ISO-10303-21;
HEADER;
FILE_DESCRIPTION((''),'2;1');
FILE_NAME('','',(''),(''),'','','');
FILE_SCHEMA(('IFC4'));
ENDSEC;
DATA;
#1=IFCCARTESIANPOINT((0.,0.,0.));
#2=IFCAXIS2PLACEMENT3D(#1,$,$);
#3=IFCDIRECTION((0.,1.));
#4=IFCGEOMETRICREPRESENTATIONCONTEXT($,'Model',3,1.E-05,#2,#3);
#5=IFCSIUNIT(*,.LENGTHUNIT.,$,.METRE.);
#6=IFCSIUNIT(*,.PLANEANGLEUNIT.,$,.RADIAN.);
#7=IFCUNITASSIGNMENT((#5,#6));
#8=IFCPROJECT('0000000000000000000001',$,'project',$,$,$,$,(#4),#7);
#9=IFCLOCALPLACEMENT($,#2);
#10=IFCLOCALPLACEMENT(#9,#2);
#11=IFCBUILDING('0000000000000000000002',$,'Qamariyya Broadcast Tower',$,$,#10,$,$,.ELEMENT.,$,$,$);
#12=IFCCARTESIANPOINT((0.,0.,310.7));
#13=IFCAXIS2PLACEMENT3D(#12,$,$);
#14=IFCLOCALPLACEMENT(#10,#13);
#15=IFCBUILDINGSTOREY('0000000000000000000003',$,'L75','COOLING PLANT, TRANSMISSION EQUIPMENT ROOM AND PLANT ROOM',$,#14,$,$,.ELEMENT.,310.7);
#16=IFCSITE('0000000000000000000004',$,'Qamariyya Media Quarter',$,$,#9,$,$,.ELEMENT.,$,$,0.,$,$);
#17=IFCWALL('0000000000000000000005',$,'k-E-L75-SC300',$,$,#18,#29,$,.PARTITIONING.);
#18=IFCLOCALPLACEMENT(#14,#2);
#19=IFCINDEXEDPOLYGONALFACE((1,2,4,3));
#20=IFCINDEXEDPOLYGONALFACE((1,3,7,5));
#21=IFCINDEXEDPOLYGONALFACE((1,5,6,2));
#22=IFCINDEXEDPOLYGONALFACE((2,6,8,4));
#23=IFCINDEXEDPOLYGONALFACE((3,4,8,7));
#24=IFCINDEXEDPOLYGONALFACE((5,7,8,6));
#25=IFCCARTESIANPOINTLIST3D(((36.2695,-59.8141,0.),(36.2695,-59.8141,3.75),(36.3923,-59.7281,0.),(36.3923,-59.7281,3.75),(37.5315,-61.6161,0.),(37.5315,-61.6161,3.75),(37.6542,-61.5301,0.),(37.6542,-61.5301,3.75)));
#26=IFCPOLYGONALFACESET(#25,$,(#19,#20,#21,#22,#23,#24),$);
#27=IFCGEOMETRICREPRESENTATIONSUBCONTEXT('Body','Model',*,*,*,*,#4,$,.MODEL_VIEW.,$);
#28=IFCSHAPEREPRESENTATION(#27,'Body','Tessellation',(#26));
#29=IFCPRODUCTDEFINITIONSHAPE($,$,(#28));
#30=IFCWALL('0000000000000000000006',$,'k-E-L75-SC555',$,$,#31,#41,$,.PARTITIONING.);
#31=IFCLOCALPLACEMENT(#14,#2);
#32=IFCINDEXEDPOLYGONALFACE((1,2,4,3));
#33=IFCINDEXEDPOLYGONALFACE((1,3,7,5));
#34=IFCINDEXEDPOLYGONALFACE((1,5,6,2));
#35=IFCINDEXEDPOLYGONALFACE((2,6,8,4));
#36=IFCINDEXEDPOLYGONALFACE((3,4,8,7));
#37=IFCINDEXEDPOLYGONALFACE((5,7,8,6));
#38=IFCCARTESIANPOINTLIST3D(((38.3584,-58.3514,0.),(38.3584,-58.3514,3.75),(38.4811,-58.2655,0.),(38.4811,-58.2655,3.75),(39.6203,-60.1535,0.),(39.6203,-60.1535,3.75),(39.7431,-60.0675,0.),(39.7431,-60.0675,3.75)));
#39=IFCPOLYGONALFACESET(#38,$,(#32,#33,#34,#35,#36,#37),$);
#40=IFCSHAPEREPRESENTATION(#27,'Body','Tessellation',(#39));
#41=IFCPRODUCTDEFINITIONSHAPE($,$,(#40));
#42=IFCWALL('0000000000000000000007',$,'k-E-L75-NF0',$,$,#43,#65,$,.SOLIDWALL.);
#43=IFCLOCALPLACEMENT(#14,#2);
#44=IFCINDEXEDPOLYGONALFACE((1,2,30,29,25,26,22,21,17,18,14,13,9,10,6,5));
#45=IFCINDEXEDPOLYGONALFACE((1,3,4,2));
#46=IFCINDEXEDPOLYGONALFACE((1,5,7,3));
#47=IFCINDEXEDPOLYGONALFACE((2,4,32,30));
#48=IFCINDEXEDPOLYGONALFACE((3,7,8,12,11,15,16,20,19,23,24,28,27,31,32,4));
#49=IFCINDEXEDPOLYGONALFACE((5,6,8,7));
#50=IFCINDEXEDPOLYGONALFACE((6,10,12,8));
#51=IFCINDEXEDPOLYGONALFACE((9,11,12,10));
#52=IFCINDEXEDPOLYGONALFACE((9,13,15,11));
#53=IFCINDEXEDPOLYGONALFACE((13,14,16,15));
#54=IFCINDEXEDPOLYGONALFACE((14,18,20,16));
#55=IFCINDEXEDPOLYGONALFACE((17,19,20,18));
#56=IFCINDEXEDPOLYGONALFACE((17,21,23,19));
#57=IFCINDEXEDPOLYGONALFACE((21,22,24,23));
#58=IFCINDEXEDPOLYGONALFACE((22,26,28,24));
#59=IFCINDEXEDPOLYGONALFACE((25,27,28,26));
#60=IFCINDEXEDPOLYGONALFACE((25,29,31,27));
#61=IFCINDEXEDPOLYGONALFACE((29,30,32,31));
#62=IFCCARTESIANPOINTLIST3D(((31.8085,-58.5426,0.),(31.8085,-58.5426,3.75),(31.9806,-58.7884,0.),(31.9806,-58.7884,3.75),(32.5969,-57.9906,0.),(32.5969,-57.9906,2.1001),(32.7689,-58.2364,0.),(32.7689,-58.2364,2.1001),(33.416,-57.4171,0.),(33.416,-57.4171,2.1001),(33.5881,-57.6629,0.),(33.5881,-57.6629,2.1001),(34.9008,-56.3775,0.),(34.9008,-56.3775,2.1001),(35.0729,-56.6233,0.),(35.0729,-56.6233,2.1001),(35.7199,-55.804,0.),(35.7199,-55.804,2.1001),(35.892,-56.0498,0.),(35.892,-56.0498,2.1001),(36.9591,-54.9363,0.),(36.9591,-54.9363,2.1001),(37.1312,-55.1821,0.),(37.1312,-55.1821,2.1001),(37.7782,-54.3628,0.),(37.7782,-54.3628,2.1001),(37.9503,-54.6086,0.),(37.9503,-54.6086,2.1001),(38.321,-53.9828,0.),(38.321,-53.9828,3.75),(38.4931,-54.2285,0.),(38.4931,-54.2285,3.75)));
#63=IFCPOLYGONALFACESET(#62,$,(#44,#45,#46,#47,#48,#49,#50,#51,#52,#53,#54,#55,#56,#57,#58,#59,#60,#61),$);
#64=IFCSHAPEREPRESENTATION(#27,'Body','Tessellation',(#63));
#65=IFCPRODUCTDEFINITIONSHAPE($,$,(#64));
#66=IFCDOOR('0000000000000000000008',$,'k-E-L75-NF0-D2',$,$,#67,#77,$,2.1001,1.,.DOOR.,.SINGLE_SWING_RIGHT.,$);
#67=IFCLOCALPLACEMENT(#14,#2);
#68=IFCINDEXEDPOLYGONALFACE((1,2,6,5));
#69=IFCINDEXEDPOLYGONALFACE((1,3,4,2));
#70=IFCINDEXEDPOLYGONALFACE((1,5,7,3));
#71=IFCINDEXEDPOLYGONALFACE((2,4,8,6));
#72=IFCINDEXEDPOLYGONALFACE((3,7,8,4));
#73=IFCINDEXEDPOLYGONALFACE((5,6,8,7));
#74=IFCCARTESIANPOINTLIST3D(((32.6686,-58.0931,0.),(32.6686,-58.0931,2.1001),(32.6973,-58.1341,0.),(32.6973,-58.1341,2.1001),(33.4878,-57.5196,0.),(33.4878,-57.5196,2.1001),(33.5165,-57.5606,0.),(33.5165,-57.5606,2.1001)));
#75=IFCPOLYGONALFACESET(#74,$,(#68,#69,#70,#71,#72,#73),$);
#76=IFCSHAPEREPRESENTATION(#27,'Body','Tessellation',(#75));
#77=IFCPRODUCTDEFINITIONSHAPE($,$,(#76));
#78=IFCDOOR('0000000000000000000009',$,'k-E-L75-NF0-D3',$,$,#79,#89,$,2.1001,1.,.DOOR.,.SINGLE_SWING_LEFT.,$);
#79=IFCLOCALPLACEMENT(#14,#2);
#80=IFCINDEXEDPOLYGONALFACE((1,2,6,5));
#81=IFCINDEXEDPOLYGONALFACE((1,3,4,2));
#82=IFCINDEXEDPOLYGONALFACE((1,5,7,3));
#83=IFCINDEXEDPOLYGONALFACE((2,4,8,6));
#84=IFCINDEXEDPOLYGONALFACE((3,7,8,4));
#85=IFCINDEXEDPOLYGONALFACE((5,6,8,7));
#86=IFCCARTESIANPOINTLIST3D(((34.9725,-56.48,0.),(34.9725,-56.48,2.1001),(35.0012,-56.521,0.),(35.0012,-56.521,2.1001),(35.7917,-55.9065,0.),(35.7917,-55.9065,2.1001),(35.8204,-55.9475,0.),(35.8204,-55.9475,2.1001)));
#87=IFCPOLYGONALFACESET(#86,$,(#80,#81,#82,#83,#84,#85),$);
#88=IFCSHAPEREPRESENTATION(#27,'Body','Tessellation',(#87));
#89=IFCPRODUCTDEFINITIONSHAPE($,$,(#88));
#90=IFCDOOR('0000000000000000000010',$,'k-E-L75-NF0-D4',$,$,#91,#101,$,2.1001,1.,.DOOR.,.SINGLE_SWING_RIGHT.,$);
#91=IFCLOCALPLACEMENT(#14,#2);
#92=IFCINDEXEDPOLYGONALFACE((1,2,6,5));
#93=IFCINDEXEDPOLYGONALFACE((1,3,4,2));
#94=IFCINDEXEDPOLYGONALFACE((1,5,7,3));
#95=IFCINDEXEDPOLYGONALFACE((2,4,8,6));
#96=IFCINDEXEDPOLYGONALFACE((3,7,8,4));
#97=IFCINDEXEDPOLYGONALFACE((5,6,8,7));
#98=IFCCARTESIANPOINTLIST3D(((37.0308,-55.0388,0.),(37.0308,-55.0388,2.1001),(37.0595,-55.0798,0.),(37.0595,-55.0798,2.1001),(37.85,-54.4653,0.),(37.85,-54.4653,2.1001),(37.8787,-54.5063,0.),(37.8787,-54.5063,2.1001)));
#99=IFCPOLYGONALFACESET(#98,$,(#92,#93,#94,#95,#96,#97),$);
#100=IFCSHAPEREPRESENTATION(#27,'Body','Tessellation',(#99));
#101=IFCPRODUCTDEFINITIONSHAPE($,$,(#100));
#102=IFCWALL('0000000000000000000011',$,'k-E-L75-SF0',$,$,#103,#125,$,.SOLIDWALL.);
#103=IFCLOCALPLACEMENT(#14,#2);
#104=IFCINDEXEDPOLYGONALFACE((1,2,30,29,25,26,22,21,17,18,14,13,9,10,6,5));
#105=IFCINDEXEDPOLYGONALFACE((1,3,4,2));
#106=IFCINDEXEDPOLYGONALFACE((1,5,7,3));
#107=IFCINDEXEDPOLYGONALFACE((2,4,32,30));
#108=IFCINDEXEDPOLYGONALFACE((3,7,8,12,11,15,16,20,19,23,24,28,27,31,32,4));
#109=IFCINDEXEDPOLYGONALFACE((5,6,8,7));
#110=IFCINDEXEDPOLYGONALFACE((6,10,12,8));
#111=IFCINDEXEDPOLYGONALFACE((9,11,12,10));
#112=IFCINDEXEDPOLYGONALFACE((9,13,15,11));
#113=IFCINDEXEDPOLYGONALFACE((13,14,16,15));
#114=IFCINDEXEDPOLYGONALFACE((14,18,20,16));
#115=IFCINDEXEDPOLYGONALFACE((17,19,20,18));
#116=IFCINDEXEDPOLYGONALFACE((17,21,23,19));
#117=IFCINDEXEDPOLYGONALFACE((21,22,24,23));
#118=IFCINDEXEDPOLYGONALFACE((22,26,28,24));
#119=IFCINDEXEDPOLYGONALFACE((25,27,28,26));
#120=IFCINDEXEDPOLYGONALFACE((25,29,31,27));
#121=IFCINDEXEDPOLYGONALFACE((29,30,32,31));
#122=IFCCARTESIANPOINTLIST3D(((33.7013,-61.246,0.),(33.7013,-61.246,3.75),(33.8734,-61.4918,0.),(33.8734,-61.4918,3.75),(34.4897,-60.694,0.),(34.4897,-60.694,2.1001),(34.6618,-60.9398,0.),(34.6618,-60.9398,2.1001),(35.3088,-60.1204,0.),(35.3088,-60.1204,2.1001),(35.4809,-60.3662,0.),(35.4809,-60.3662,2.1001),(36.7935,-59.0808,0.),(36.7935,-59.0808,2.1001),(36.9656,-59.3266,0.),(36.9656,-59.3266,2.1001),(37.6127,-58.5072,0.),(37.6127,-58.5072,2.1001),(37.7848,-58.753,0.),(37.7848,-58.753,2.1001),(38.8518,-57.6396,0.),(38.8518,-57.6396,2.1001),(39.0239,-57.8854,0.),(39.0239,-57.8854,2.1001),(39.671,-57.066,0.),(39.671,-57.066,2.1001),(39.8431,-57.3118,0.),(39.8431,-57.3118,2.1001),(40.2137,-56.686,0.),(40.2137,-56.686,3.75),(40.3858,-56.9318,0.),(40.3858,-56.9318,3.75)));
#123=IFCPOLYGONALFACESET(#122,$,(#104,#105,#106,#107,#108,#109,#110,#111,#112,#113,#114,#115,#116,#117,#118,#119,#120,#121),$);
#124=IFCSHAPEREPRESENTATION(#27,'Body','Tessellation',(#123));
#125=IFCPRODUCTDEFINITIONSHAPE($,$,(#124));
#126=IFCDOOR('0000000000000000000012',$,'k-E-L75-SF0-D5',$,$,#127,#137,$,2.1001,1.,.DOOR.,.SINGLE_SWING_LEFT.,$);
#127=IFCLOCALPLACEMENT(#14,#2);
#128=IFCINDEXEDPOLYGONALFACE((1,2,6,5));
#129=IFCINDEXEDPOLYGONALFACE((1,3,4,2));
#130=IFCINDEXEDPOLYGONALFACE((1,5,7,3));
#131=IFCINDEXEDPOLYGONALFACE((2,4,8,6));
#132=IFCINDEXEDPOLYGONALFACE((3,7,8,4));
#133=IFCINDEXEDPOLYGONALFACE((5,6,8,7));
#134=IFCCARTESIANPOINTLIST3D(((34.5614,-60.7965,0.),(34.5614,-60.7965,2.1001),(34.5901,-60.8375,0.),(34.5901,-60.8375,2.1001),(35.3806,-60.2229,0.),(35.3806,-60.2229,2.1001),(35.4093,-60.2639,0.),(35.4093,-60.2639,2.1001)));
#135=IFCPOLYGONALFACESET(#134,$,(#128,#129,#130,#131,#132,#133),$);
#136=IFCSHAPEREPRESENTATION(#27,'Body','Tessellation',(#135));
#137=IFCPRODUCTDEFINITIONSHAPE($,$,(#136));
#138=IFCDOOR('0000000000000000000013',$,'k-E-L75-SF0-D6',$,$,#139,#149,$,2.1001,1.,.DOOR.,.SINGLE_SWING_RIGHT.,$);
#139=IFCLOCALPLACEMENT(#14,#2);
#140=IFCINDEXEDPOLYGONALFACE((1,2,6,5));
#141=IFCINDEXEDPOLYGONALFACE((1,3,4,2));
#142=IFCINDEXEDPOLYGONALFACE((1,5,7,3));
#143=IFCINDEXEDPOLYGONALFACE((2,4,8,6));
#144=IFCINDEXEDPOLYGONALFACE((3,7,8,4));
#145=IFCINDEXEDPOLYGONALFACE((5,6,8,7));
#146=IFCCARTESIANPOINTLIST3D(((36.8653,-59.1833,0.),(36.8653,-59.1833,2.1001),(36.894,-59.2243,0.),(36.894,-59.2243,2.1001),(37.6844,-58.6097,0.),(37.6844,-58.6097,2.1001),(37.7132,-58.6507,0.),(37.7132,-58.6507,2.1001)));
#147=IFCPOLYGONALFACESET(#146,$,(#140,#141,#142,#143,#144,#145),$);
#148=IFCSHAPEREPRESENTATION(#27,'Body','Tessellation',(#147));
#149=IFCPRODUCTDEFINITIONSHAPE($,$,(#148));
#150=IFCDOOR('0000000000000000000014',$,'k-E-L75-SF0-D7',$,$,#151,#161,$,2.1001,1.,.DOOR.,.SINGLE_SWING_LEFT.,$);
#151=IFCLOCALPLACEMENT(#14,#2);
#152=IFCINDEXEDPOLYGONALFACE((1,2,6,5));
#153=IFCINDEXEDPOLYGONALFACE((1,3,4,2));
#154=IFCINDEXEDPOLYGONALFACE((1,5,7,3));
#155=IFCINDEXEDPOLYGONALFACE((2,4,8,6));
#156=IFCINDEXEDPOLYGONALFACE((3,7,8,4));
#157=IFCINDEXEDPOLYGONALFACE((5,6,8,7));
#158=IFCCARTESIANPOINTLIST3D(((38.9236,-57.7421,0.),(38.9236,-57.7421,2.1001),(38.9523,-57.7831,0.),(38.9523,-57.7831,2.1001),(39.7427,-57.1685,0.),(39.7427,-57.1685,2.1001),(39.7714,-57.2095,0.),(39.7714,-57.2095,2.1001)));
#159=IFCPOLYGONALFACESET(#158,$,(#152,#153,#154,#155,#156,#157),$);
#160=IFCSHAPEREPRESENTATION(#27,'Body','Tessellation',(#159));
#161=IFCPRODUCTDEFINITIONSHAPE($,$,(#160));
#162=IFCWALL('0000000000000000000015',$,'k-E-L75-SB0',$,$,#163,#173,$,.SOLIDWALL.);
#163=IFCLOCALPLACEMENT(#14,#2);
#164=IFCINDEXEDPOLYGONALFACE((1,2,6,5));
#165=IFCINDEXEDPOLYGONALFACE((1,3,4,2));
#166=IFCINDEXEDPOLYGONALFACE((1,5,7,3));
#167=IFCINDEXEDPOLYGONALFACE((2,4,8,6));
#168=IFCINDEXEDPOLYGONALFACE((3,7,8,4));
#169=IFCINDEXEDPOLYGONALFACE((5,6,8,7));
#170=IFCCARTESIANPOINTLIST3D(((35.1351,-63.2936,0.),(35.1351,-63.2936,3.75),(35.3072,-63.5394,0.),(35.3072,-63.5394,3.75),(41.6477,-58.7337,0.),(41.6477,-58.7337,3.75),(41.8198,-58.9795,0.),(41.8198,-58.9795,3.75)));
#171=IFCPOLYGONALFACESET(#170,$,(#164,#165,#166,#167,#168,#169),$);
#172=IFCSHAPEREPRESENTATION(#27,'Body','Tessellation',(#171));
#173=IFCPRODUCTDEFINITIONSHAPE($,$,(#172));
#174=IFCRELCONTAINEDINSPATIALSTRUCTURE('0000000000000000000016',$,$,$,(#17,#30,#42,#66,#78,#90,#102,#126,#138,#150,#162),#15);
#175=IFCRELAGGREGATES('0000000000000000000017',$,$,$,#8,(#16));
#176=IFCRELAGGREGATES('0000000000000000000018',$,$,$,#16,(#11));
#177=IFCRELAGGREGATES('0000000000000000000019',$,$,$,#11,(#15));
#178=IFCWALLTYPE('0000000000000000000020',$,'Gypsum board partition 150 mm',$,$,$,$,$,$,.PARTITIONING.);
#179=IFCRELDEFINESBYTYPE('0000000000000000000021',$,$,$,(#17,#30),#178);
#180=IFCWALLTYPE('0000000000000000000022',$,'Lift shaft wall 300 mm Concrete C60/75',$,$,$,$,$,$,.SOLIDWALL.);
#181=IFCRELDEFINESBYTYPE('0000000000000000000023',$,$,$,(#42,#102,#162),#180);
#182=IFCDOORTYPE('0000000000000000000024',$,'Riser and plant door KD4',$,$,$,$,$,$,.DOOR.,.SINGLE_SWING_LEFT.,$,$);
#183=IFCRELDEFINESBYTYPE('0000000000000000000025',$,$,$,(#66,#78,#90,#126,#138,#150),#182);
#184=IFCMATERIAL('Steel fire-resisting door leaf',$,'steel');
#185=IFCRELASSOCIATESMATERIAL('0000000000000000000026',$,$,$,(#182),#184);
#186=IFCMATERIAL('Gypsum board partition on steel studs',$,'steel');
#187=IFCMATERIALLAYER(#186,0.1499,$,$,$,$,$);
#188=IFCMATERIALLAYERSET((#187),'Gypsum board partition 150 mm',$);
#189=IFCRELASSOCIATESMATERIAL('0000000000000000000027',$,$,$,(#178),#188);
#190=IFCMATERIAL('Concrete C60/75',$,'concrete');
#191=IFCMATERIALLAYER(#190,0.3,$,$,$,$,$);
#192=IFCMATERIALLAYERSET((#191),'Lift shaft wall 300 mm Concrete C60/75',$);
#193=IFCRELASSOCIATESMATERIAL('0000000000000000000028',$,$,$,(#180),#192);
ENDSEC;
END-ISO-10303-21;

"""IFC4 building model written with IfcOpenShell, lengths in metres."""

from ifc_helpers import new_model, si_unit, direction, frame, frame_2d, origin, place, context, subcontext, project, spatial, rectangle, extrude, material, layer, layer_set, type_object, element, fill, save


model = new_model("IFC4")

# Units and contexts
model_context = context("Model", 3, precision=1e-05, world=origin(), true_north=direction((0.0, 1.0)))
body_context = subcontext(model_context, "Body", "Model", "MODEL_VIEW")
ifc_project = project(units=[si_unit("LENGTHUNIT", "METRE"), si_unit("PLANEANGLEUNIT", "RADIAN")], contexts=[model_context])

# Site, building, storey
site_placement = place(None, origin())
site = spatial("IfcSite", under=ifc_project, at=site_placement, Name="Qamariyya Media Quarter", CompositionType="ELEMENT", RefElevation=0.0)
building_placement = place(site_placement, origin())
building = spatial("IfcBuilding", under=site, at=building_placement, Name="Qamariyya Broadcast Tower", CompositionType="ELEMENT")
storey_placement = place(building_placement, frame((0.0, 0.0, 310.7)))
storey = spatial("IfcBuildingStorey", under=building, at=storey_placement, Name="L75", Description="COOLING PLANT, TRANSMISSION EQUIPMENT ROOM AND PLANT ROOM", CompositionType="ELEMENT", Elevation=310.7)

# Shared definitions
ifc_material_1 = material(Name="Concrete C60/75", Category="concrete")
ifc_material_2 = material(Name="Steel fire-resisting door leaf", Category="steel")

# Shared definitions
door_type_1 = type_object("IfcDoorType", Name="Riser and plant door KD4", OperationType="SINGLE_SWING_LEFT", PredefinedType="DOOR", material=ifc_material_2)

# Walls
ifc_material_3 = material(Name="Gypsum board partition on steel studs", Category="steel")
ifc_layer_1 = layer(ifc_material_3, 0.1499)
ifc_layer_set_1 = layer_set([ifc_layer_1], Name="Gypsum board partition 150 mm")
wall_type_1 = type_object("IfcWallType", Name="Gypsum board partition 150 mm", PredefinedType="PARTITIONING", material=ifc_layer_set_1)
for number, where, z_axis, x_axis, name in (
    (1, (36.3308, -59.771, 0.0), (0.0, 0.0, 1.0), (0.573634, -0.819112, 0.0), "k-E-L75-SC300"),
    (2, (38.4197, -58.3083, 0.0), (0.0, 0.0, 1.0), (0.573634, -0.819112, 0.0), "k-E-L75-SC555"),
):
    element("IfcWall", number, at=place(storey_placement, frame(where, z_axis=z_axis, x_axis=x_axis)), inside=storey, type_object=wall_type_1, Name=name, PredefinedType="PARTITIONING", context=body_context, shape_type="SweptSolid", body=[
        extrude(rectangle(XDim=2.2, YDim=0.1499, at=frame_2d((1.1001, 0.0))), origin(), (0.0, 0.0, 1.0), 3.75),
    ])

# Walls, openings, doors
ifc_layer_2 = layer(ifc_material_1, 0.3)
ifc_layer_set_2 = layer_set([ifc_layer_2], Name="Lift shaft wall 300 mm Concrete C60/75")
wall_type_2 = type_object("IfcWallType", Name="Lift shaft wall 300 mm Concrete C60/75", PredefinedType="SOLIDWALL", material=ifc_layer_set_2)
wall_1_placement = place(storey_placement, frame((31.8945, -58.6655, 0.0), z_axis=(0.0, 0.0, 1.0), x_axis=(0.819167, 0.573555, 0.0)))
wall_1 = element("IfcWall", 3, at=wall_1_placement, inside=storey, type_object=wall_type_2, Name="k-E-L75-NF0", PredefinedType="SOLIDWALL", context=body_context, shape_type="SweptSolid", body=[
    extrude(rectangle(XDim=7.9502, YDim=0.3, at=frame_2d((3.9751, 0.0))), origin(), (0.0, 0.0, 1.0), 3.75),
])
opening_1_placement = place(wall_1_placement, frame((0.9624, 0.0, 0.0)))
opening_1 = element("IfcOpeningElement", 4, at=opening_1_placement, cuts=wall_1, PredefinedType="OPENING", context=body_context, shape_type="SweptSolid", body=[
    extrude(rectangle(XDim=1.0, YDim=2.1001, at=frame_2d((0.5, 1.05))), frame((0.0, 0.1599, 0.0), z_axis=(0.0, -1.0, 0.0), x_axis=(1.0, 0.0, 0.0)), (0.0, 0.0, 1.0), 0.3201),
])
opening_2_placement = place(wall_1_placement, frame((3.7749, 0.0, 0.0)))
opening_2 = element("IfcOpeningElement", 5, at=opening_2_placement, cuts=wall_1, PredefinedType="OPENING", context=body_context, shape_type="SweptSolid", body=[
    extrude(rectangle(XDim=1.0, YDim=2.1001, at=frame_2d((0.5, 1.05))), frame((0.0, 0.1599, 0.0), z_axis=(0.0, -1.0, 0.0), x_axis=(1.0, 0.0, 0.0)), (0.0, 0.0, 1.0), 0.3201),
])
opening_3_placement = place(wall_1_placement, frame((6.2876, 0.0, 0.0)))
opening_3 = element("IfcOpeningElement", 6, at=opening_3_placement, cuts=wall_1, PredefinedType="OPENING", context=body_context, shape_type="SweptSolid", body=[
    extrude(rectangle(XDim=1.0, YDim=2.1001, at=frame_2d((0.5, 1.05))), frame((0.0, 0.1599, 0.0), z_axis=(0.0, -1.0, 0.0), x_axis=(1.0, 0.0, 0.0)), (0.0, 0.0, 1.0), 0.3201),
])
door_1_placement = place(opening_1_placement, origin())
door_1 = element("IfcDoor", 7, at=door_1_placement, inside=storey, type_object=door_type_1, Name="k-E-L75-NF0-D2", OperationType="SINGLE_SWING_RIGHT", OverallHeight=2.1001, OverallWidth=1.0, PredefinedType="DOOR", context=body_context, shape_type="SweptSolid", body=[
    extrude(rectangle(XDim=1.0, YDim=2.1001, at=frame_2d((0.5, 1.05))), frame((0.0, 0.0249, 0.0), z_axis=(0.0, -1.0, 0.0), x_axis=(1.0, 0.0, 0.0)), (0.0, 0.0, 1.0), 0.05),
])
fill(opening_1, door_1)
door_2_placement = place(opening_2_placement, origin())
door_2 = element("IfcDoor", 8, at=door_2_placement, inside=storey, type_object=door_type_1, Name="k-E-L75-NF0-D3", OperationType="SINGLE_SWING_LEFT", OverallHeight=2.1001, OverallWidth=1.0, PredefinedType="DOOR", context=body_context, shape_type="SweptSolid", body=[
    extrude(rectangle(XDim=1.0, YDim=2.1001, at=frame_2d((0.5, 1.05))), frame((0.0, 0.0249, 0.0), z_axis=(0.0, -1.0, 0.0), x_axis=(1.0, 0.0, 0.0)), (0.0, 0.0, 1.0), 0.05),
])
fill(opening_2, door_2)
door_3_placement = place(opening_3_placement, origin())
door_3 = element("IfcDoor", 9, at=door_3_placement, inside=storey, type_object=door_type_1, Name="k-E-L75-NF0-D4", OperationType="SINGLE_SWING_RIGHT", OverallHeight=2.1001, OverallWidth=1.0, PredefinedType="DOOR", context=body_context, shape_type="SweptSolid", body=[
    extrude(rectangle(XDim=1.0, YDim=2.1001, at=frame_2d((0.5, 1.05))), frame((0.0, 0.0249, 0.0), z_axis=(0.0, -1.0, 0.0), x_axis=(1.0, 0.0, 0.0)), (0.0, 0.0, 1.0), 0.05),
])
fill(opening_3, door_3)
wall_2_placement = place(storey_placement, frame((33.7874, -61.3689, 0.0), z_axis=(0.0, 0.0, 1.0), x_axis=(0.819153, 0.573576, 0.0)))
wall_2 = element("IfcWall", 10, at=wall_2_placement, inside=storey, type_object=wall_type_2, Name="k-E-L75-SF0", PredefinedType="SOLIDWALL", context=body_context, shape_type="SweptSolid", body=[
    extrude(rectangle(XDim=7.9502, YDim=0.3, at=frame_2d((3.9751, 0.0))), origin(), (0.0, 0.0, 1.0), 3.75),
])
opening_4_placement = place(wall_2_placement, frame((0.9624, 0.0, 0.0)))
opening_4 = element("IfcOpeningElement", 11, at=opening_4_placement, cuts=wall_2, PredefinedType="OPENING", context=body_context, shape_type="SweptSolid", body=[
    extrude(rectangle(XDim=1.0, YDim=2.1001, at=frame_2d((0.5, 1.05))), frame((0.0, 0.1599, 0.0), z_axis=(0.0, -1.0, 0.0), x_axis=(1.0, 0.0, 0.0)), (0.0, 0.0, 1.0), 0.3201),
])
opening_5_placement = place(wall_2_placement, frame((3.7749, 0.0, 0.0)))
opening_5 = element("IfcOpeningElement", 12, at=opening_5_placement, cuts=wall_2, PredefinedType="OPENING", context=body_context, shape_type="SweptSolid", body=[
    extrude(rectangle(XDim=1.0, YDim=2.1001, at=frame_2d((0.5, 1.05))), frame((0.0, 0.1599, 0.0), z_axis=(0.0, -1.0, 0.0), x_axis=(1.0, 0.0, 0.0)), (0.0, 0.0, 1.0), 0.3201),
])
opening_6_placement = place(wall_2_placement, frame((6.2876, 0.0, 0.0)))
opening_6 = element("IfcOpeningElement", 13, at=opening_6_placement, cuts=wall_2, PredefinedType="OPENING", context=body_context, shape_type="SweptSolid", body=[
    extrude(rectangle(XDim=1.0, YDim=2.1001, at=frame_2d((0.5, 1.05))), frame((0.0, 0.1599, 0.0), z_axis=(0.0, -1.0, 0.0), x_axis=(1.0, 0.0, 0.0)), (0.0, 0.0, 1.0), 0.3201),
])
door_4_placement = place(opening_4_placement, origin())
door_4 = element("IfcDoor", 14, at=door_4_placement, inside=storey, type_object=door_type_1, Name="k-E-L75-SF0-D5", OperationType="SINGLE_SWING_LEFT", OverallHeight=2.1001, OverallWidth=1.0, PredefinedType="DOOR", context=body_context, shape_type="SweptSolid", body=[
    extrude(rectangle(XDim=1.0, YDim=2.1001, at=frame_2d((0.5, 1.05))), frame((0.0, 0.0249, 0.0), z_axis=(0.0, -1.0, 0.0), x_axis=(1.0, 0.0, 0.0)), (0.0, 0.0, 1.0), 0.05),
])
fill(opening_4, door_4)
door_5_placement = place(opening_5_placement, origin())
door_5 = element("IfcDoor", 15, at=door_5_placement, inside=storey, type_object=door_type_1, Name="k-E-L75-SF0-D6", OperationType="SINGLE_SWING_RIGHT", OverallHeight=2.1001, OverallWidth=1.0, PredefinedType="DOOR", context=body_context, shape_type="SweptSolid", body=[
    extrude(rectangle(XDim=1.0, YDim=2.1001, at=frame_2d((0.5, 1.05))), frame((0.0, 0.0249, 0.0), z_axis=(0.0, -1.0, 0.0), x_axis=(1.0, 0.0, 0.0)), (0.0, 0.0, 1.0), 0.05),
])
fill(opening_5, door_5)
door_6_placement = place(opening_6_placement, origin())
door_6 = element("IfcDoor", 16, at=door_6_placement, inside=storey, type_object=door_type_1, Name="k-E-L75-SF0-D7", OperationType="SINGLE_SWING_LEFT", OverallHeight=2.1001, OverallWidth=1.0, PredefinedType="DOOR", context=body_context, shape_type="SweptSolid", body=[
    extrude(rectangle(XDim=1.0, YDim=2.1001, at=frame_2d((0.5, 1.05))), frame((0.0, 0.0249, 0.0), z_axis=(0.0, -1.0, 0.0), x_axis=(1.0, 0.0, 0.0)), (0.0, 0.0, 1.0), 0.05),
])
fill(opening_6, door_6)

# Wall
wall_3_placement = place(storey_placement, frame((35.2212, -63.4165, 0.0), z_axis=(0.0, 0.0, 1.0), x_axis=(0.819167, 0.573555, 0.0)))
element("IfcWall", 17, at=wall_3_placement, inside=storey, type_object=wall_type_2, Name="k-E-L75-SB0", PredefinedType="SOLIDWALL", context=body_context, shape_type="SweptSolid", body=[
    extrude(rectangle(XDim=7.9502, YDim=0.3, at=frame_2d((3.9751, 0.0))), origin(), (0.0, 0.0, 1.0), 3.75),
])

save(model, "model.ifc")
